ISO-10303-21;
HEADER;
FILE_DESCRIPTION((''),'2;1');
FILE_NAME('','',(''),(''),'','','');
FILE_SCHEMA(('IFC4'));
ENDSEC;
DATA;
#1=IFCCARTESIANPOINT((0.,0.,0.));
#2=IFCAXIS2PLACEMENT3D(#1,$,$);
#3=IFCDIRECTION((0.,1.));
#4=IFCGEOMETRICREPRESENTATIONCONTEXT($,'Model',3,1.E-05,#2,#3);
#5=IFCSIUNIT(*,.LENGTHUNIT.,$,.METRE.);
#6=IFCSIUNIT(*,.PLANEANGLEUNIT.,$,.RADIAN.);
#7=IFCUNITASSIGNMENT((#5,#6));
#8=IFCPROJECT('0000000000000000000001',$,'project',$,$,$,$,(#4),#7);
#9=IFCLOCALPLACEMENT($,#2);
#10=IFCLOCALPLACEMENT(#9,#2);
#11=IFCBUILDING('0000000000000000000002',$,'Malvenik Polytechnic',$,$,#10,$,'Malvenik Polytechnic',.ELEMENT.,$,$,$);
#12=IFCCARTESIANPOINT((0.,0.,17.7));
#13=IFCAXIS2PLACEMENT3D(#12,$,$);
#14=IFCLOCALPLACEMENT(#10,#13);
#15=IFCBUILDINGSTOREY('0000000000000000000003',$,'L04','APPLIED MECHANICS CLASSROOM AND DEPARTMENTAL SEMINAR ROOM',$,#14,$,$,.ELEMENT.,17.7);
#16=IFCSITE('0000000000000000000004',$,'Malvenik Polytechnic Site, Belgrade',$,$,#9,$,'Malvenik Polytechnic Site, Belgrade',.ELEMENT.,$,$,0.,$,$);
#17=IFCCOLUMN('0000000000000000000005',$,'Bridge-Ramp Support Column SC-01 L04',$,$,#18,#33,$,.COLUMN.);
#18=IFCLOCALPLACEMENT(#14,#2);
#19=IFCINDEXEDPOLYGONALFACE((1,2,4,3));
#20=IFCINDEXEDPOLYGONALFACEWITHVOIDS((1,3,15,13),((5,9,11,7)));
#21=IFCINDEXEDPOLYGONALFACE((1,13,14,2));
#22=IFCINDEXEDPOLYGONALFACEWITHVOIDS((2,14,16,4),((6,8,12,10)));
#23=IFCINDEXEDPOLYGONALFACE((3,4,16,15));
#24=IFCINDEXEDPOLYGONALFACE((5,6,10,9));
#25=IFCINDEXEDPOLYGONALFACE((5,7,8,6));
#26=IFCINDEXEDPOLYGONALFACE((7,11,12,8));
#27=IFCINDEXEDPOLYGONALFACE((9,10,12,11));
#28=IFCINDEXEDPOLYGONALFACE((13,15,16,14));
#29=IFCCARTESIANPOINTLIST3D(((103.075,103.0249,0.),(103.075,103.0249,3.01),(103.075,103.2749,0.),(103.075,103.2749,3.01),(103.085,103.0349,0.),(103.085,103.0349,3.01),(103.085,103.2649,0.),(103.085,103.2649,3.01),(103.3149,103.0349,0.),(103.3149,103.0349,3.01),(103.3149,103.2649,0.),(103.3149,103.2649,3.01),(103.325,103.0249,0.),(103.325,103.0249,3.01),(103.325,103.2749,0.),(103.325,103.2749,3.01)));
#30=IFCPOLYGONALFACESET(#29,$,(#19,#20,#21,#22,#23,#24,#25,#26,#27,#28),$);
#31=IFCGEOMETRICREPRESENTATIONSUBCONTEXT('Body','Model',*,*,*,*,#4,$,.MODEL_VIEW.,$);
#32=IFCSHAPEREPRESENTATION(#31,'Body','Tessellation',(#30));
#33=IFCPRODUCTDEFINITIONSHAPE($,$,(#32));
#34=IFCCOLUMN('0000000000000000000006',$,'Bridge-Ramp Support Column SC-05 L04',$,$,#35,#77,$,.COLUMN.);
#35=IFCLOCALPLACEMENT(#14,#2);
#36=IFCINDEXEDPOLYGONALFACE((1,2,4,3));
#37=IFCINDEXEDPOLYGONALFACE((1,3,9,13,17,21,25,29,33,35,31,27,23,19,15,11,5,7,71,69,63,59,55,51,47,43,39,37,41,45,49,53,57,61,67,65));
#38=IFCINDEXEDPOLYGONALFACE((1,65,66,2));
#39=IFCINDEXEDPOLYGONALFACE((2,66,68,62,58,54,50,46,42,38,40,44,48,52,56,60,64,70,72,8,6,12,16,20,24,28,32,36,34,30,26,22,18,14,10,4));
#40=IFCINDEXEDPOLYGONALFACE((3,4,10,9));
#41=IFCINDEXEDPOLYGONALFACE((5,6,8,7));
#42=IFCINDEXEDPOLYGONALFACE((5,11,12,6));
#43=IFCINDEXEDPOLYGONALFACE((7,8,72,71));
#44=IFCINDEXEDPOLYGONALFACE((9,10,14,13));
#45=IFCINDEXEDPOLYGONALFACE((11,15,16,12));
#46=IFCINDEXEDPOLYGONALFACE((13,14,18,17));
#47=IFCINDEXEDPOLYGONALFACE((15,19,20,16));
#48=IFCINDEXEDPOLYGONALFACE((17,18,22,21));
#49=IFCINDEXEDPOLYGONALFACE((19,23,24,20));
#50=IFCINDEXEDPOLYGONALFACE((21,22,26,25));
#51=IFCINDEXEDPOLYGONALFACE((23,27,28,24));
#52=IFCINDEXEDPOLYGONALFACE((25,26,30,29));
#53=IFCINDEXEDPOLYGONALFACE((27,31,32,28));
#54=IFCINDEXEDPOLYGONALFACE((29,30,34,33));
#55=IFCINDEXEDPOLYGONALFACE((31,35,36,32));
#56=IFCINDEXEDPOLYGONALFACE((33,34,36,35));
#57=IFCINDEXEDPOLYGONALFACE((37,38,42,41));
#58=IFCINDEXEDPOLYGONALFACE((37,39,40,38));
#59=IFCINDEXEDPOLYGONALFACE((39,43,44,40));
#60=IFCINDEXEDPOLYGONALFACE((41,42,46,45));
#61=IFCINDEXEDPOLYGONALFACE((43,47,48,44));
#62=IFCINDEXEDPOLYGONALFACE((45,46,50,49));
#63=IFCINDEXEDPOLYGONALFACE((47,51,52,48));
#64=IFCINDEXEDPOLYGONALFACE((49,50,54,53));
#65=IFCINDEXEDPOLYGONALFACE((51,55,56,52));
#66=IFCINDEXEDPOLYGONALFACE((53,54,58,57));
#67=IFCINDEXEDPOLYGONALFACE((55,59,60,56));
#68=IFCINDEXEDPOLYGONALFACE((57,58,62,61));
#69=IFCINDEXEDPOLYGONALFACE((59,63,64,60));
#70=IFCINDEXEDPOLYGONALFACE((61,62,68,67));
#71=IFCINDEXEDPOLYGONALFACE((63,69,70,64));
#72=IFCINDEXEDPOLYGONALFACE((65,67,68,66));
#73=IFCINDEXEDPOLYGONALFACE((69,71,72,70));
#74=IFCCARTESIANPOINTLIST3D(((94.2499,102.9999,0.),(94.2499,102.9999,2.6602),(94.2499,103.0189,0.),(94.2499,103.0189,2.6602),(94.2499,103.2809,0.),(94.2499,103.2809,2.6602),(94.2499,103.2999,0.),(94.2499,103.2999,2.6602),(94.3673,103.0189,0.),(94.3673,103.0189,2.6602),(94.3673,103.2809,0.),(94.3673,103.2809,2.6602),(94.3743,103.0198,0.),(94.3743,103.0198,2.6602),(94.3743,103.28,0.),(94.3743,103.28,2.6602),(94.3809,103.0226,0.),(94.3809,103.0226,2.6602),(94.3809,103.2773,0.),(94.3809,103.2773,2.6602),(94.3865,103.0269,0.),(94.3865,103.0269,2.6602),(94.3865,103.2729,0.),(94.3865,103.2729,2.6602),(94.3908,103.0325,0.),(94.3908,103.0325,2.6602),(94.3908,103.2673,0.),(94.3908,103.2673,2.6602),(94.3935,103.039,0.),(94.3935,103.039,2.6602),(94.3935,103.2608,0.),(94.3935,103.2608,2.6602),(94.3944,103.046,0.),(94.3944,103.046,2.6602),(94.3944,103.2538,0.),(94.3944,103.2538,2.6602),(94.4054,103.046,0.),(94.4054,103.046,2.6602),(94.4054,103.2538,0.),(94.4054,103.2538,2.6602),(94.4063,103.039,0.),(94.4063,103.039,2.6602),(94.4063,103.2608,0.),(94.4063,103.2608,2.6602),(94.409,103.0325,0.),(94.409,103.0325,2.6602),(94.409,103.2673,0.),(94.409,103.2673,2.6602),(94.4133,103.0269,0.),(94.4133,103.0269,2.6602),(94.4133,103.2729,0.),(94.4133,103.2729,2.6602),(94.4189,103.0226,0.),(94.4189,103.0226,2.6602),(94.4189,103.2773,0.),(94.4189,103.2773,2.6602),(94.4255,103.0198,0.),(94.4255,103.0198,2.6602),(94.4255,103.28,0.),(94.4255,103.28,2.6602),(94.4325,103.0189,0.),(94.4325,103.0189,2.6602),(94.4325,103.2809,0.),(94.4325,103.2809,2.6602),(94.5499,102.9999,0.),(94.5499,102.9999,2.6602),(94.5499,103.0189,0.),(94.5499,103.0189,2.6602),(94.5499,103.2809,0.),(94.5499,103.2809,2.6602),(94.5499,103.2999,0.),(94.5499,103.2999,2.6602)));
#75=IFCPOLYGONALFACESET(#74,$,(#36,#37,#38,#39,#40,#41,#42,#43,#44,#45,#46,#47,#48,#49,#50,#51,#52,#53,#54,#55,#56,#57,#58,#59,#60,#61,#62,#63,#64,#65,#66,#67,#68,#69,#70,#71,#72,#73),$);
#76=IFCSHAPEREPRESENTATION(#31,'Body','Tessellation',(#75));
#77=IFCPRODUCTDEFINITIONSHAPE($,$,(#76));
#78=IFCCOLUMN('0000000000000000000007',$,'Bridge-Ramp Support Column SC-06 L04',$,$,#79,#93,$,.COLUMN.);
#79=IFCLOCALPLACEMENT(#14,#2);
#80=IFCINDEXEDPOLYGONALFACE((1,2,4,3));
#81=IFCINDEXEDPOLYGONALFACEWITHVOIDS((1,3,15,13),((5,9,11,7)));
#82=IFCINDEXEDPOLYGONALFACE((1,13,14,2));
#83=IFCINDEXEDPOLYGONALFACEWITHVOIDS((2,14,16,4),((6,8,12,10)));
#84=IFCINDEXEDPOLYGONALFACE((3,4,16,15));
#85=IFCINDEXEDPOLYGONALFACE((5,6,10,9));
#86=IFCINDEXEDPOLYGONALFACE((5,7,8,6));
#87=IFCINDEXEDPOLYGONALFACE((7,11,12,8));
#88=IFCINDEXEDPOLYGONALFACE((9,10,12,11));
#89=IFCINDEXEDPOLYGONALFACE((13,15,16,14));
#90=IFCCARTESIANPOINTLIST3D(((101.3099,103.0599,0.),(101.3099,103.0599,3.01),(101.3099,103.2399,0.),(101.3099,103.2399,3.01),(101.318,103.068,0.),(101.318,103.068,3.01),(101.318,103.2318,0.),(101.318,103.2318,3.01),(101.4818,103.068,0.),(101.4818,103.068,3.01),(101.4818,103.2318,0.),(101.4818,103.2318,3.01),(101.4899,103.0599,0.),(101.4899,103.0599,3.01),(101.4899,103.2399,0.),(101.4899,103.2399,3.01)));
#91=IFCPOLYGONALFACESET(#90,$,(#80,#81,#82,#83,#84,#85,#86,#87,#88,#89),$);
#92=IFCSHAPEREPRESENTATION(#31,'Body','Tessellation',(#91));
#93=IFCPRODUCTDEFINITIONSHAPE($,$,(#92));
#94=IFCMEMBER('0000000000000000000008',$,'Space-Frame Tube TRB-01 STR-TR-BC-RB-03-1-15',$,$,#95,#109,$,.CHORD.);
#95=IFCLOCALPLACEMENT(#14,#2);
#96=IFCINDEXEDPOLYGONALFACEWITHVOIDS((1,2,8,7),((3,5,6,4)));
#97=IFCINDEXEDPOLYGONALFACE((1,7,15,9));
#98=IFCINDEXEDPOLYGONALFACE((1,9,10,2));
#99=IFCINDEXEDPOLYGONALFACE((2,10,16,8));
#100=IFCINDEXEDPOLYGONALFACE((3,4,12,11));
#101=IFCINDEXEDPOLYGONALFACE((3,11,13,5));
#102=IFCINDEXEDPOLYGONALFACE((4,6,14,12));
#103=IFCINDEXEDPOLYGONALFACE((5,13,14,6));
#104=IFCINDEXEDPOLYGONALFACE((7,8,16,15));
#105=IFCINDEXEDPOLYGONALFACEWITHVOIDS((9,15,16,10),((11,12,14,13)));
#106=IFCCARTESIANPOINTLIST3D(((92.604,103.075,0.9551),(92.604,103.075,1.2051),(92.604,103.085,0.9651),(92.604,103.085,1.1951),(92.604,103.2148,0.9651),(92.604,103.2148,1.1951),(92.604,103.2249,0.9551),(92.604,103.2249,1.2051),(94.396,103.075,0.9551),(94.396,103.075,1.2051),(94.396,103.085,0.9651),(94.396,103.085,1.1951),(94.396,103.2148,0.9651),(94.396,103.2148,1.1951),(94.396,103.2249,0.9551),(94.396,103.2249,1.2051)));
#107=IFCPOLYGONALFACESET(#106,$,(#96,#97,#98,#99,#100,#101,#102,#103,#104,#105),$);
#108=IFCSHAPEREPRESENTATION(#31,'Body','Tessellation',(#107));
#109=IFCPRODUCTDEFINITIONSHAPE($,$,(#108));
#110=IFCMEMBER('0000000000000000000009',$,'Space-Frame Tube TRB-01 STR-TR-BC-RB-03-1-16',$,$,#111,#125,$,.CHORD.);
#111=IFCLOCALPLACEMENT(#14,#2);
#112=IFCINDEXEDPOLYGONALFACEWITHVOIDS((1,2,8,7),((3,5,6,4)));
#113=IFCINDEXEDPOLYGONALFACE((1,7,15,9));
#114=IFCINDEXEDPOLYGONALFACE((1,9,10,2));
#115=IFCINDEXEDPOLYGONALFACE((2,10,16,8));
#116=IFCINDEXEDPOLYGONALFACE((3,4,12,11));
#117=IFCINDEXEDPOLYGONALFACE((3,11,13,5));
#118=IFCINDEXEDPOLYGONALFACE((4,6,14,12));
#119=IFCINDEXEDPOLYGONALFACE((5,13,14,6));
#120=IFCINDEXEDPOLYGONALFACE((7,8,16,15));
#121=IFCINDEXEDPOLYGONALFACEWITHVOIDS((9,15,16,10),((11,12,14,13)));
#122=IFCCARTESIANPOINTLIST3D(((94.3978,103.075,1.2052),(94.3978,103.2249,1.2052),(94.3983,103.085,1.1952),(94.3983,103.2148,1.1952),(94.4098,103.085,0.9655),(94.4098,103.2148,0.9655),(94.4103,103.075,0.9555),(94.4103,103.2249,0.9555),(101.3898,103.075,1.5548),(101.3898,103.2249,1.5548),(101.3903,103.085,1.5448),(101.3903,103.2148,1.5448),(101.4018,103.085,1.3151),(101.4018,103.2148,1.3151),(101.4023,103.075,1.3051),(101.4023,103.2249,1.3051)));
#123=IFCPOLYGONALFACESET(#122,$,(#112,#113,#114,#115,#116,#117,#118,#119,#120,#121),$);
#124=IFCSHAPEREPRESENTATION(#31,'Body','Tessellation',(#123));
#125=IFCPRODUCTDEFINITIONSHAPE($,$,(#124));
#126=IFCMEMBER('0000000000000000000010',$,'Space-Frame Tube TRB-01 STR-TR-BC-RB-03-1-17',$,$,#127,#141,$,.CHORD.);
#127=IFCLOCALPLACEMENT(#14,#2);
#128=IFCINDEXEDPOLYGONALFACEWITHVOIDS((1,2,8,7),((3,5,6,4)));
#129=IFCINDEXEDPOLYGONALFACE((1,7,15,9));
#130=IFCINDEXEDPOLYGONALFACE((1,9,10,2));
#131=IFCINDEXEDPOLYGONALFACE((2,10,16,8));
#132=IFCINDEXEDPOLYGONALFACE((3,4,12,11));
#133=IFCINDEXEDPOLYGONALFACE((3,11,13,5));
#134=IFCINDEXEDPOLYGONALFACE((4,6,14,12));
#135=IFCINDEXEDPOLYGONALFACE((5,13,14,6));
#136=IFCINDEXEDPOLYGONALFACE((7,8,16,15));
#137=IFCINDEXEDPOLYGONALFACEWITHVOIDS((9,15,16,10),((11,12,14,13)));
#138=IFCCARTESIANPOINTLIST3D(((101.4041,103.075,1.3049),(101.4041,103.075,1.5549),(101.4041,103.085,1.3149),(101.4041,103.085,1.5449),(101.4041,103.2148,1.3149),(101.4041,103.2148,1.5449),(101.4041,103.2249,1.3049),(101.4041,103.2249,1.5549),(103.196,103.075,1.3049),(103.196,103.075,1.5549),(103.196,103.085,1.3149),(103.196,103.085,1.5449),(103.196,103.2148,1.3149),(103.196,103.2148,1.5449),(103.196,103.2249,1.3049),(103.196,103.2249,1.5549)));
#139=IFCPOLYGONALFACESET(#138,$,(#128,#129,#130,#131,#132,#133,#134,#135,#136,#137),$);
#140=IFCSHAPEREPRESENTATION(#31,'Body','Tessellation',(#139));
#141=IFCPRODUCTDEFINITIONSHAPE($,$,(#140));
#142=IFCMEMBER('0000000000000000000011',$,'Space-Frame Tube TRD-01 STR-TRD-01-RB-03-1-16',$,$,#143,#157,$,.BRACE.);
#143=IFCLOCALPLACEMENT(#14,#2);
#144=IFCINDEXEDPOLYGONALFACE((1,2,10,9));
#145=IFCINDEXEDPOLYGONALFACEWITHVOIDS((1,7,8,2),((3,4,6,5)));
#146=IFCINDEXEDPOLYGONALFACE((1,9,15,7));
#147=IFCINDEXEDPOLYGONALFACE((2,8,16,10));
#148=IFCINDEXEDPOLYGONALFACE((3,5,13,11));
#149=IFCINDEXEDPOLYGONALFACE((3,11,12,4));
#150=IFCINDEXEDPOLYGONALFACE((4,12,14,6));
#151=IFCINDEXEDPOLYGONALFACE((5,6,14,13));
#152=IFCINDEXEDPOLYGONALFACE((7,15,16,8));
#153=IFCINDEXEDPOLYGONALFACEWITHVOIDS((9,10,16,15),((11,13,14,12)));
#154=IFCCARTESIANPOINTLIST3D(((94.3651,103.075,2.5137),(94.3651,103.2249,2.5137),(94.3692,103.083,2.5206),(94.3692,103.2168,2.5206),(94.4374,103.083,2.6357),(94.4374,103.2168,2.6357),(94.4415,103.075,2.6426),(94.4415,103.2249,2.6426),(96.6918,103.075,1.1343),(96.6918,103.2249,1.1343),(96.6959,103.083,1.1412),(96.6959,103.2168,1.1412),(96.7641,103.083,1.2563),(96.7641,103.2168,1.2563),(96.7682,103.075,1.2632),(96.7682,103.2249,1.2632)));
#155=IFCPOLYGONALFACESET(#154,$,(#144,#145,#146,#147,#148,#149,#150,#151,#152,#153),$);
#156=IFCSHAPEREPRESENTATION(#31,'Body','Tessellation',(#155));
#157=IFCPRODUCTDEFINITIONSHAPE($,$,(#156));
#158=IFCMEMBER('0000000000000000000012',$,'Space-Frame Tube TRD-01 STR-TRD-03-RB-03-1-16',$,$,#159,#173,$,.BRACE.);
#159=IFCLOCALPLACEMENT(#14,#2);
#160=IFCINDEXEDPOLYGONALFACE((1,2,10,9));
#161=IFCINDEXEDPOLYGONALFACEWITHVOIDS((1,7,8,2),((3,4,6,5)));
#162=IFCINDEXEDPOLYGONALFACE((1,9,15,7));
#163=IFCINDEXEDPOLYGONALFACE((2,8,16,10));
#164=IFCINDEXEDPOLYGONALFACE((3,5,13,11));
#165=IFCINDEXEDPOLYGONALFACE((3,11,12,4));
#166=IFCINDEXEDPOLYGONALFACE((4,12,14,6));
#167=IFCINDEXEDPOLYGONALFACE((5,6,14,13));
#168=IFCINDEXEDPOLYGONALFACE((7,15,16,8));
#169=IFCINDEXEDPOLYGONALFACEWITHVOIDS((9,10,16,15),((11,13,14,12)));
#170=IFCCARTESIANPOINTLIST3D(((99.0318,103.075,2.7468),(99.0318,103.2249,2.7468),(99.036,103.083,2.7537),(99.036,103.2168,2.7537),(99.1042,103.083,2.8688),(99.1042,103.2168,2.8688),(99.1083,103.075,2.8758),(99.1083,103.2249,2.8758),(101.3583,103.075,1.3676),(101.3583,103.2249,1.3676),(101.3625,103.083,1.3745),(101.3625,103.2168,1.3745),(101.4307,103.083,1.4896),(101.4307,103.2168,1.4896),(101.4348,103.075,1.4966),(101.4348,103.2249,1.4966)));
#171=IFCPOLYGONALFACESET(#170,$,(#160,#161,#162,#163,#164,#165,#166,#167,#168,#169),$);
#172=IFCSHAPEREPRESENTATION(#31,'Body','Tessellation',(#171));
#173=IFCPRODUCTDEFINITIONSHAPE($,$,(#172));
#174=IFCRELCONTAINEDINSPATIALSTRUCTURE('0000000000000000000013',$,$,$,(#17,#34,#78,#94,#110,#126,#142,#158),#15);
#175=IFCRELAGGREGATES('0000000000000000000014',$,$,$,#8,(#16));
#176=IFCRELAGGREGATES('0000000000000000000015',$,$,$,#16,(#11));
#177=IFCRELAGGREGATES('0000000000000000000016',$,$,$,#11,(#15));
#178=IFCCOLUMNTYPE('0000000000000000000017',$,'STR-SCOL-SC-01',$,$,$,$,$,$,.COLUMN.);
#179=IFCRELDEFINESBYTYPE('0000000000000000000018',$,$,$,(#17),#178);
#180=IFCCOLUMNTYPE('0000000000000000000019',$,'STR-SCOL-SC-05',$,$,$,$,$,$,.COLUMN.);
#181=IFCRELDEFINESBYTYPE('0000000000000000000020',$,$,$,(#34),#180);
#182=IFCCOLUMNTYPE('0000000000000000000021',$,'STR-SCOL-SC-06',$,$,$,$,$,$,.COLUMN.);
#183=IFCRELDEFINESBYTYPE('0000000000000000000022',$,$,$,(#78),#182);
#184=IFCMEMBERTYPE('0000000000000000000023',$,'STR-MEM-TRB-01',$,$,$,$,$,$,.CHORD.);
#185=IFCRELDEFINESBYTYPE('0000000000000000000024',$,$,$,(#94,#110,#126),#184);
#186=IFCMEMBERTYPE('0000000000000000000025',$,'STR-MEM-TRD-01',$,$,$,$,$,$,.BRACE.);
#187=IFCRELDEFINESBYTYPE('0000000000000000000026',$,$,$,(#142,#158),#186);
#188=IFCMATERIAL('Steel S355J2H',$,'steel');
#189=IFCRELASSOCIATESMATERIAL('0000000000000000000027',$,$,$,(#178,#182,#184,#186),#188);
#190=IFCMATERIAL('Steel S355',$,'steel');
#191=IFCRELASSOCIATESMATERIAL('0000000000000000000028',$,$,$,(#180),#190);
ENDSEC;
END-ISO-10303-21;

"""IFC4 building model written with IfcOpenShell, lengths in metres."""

from ifc_helpers import new_model, si_unit, direction, frame, origin, origin_2d, place, context, subcontext, project, spatial, hollow_rectangle, i_section, extrude, material, material_profile, profile_set, type_object, element, save


model = new_model("IFC4")

# Units and contexts
model_context = context("Model", 3, precision=1e-05, world=origin(), true_north=direction((0.0, 1.0)))
body_context = subcontext(model_context, "Body", "Model", "MODEL_VIEW")
ifc_project = project(units=[si_unit("LENGTHUNIT", "METRE"), si_unit("PLANEANGLEUNIT", "RADIAN")], contexts=[model_context])

# Site, building, storey
site_placement = place(None, origin())
site = spatial("IfcSite", under=ifc_project, at=site_placement, Name="Malvenik Polytechnic Site, Belgrade", LongName="Malvenik Polytechnic Site, Belgrade", CompositionType="ELEMENT", RefElevation=0.0)
building_placement = place(site_placement, origin())
building = spatial("IfcBuilding", under=site, at=building_placement, Name="Malvenik Polytechnic", LongName="Malvenik Polytechnic", CompositionType="ELEMENT")
storey_placement = place(building_placement, frame((0.0, 0.0, 17.7)))
storey = spatial("IfcBuildingStorey", under=building, at=storey_placement, Name="L04", Description="APPLIED MECHANICS CLASSROOM AND DEPARTMENTAL SEMINAR ROOM", CompositionType="ELEMENT", Elevation=17.7)

# Columns
ifc_material_1 = material(Name="Steel S355J2H", Category="steel")
ifc_material_profile_1 = material_profile(ifc_material_1, hollow_rectangle(XDim=0.25, YDim=0.25, WallThickness=0.01, at=origin_2d()), Name="SHS 250x250x10.0")
ifc_profile_set_1 = profile_set([ifc_material_profile_1], Name="Steel S355J2H")
column_type_1 = type_object("IfcColumnType", Name="STR-SCOL-SC-01", PredefinedType="COLUMN", material=ifc_profile_set_1)
column_1_placement = place(storey_placement, frame((103.2, 103.1499, 0.0), z_axis=(0.0, 0.0, 1.0), x_axis=(1.0, 0.0, 0.0)))
element("IfcColumn", 1, at=column_1_placement, inside=storey, type_object=column_type_1, Name="Bridge-Ramp Support Column SC-01 L04", PredefinedType="COLUMN", context=body_context, shape_type="SweptSolid", body=[
    extrude(hollow_rectangle(XDim=0.25, YDim=0.25, WallThickness=0.01, at=origin_2d()), origin(), (0.0, 0.0, 1.0), 3.01),
])
ifc_material_2 = material(Name="Steel S355", Category="steel")
ifc_material_profile_2 = material_profile(ifc_material_2, i_section(OverallWidth=0.3, OverallDepth=0.3, WebThickness=0.011, FlangeThickness=0.019, FilletRadius=0.0271, at=origin_2d()), Name="HEB 300")
ifc_profile_set_2 = profile_set([ifc_material_profile_2], Name="Steel S355")
column_type_2 = type_object("IfcColumnType", Name="STR-SCOL-SC-05", PredefinedType="COLUMN", material=ifc_profile_set_2)
column_2_placement = place(storey_placement, frame((94.3999, 103.1499, 0.0), z_axis=(0.0, 0.0, 1.0), x_axis=(1.0, 0.0, 0.0)))
element("IfcColumn", 2, at=column_2_placement, inside=storey, type_object=column_type_2, Name="Bridge-Ramp Support Column SC-05 L04", PredefinedType="COLUMN", context=body_context, shape_type="SweptSolid", body=[
    extrude(i_section(OverallWidth=0.3, OverallDepth=0.3, WebThickness=0.011, FlangeThickness=0.019, FilletRadius=0.0271, at=origin_2d()), origin(), (0.0, 0.0, 1.0), 2.6602),
])
ifc_material_profile_3 = material_profile(ifc_material_1, hollow_rectangle(XDim=0.1799, YDim=0.1799, WallThickness=0.0081, at=origin_2d()), Name="SHS 180x180x8.0")
ifc_profile_set_3 = profile_set([ifc_material_profile_3], Name="Steel S355J2H")
column_type_3 = type_object("IfcColumnType", Name="STR-SCOL-SC-06", PredefinedType="COLUMN", material=ifc_profile_set_3)
column_3_placement = place(storey_placement, frame((101.3999, 103.1499, 0.0), z_axis=(0.0, 0.0, 1.0), x_axis=(1.0, 0.0, 0.0)))
element("IfcColumn", 3, at=column_3_placement, inside=storey, type_object=column_type_3, Name="Bridge-Ramp Support Column SC-06 L04", PredefinedType="COLUMN", context=body_context, shape_type="SweptSolid", body=[
    extrude(hollow_rectangle(XDim=0.1799, YDim=0.1799, WallThickness=0.0081, at=origin_2d()), origin(), (0.0, 0.0, 1.0), 3.01),
])

# Members
ifc_material_profile_4 = material_profile(ifc_material_1, hollow_rectangle(XDim=0.1499, YDim=0.25, WallThickness=0.01, at=origin_2d()), Name="RHS 250x150x10.0")
ifc_profile_set_4 = profile_set([ifc_material_profile_4], Name="Steel S355J2H")
member_type_1 = type_object("IfcMemberType", Name="STR-MEM-TRB-01", PredefinedType="CHORD", material=ifc_profile_set_4)
member_1_placement = place(storey_placement, frame((92.604, 103.1499, 1.0801), z_axis=(1.0, 0.0, 0.0), x_axis=(0.0, 1.0, 0.0)))
element("IfcMember", 4, at=member_1_placement, inside=storey, type_object=member_type_1, Name="Space-Frame Tube TRB-01 STR-TR-BC-RB-03-1-15", PredefinedType="CHORD", context=body_context, shape_type="SweptSolid", body=[
    extrude(hollow_rectangle(XDim=0.1499, YDim=0.25, WallThickness=0.01, at=origin_2d()), origin(), (0.0, 0.0, 1.0), 1.792),
])
member_2_placement = place(storey_placement, frame((94.4041, 103.1499, 1.0803), z_axis=(0.998752, 0.0, 0.049939), x_axis=(0.0, 1.0, 0.0)))
element("IfcMember", 5, at=member_2_placement, inside=storey, type_object=member_type_1, Name="Space-Frame Tube TRB-01 STR-TR-BC-RB-03-1-16", PredefinedType="CHORD", context=body_context, shape_type="SweptSolid", body=[
    extrude(hollow_rectangle(XDim=0.1499, YDim=0.25, WallThickness=0.01, at=origin_2d()), origin(), (0.0, 0.0, 1.0), 7.0007),
])
member_3_placement = place(storey_placement, frame((101.4041, 103.1499, 1.4299), z_axis=(1.0, 0.0, 0.0), x_axis=(0.0, 1.0, 0.0)))
element("IfcMember", 6, at=member_3_placement, inside=storey, type_object=member_type_1, Name="Space-Frame Tube TRB-01 STR-TR-BC-RB-03-1-17", PredefinedType="CHORD", context=body_context, shape_type="SweptSolid", body=[
    extrude(hollow_rectangle(XDim=0.1499, YDim=0.25, WallThickness=0.01, at=origin_2d()), origin(), (0.0, 0.0, 1.0), 1.792),
])
ifc_material_profile_5 = material_profile(ifc_material_1, hollow_rectangle(XDim=0.1499, YDim=0.1499, WallThickness=0.0081, at=origin_2d()), Name="SHS 150x150x8.0")
ifc_profile_set_5 = profile_set([ifc_material_profile_5], Name="Steel S355J2H")
member_type_2 = type_object("IfcMemberType", Name="STR-MEM-TRD-01", PredefinedType="BRACE", material=ifc_profile_set_5)
member_4_placement = place(storey_placement, frame((94.4033, 103.1499, 2.5781), z_axis=(0.860189, 0.0, -0.509976), x_axis=(0.0, 1.0, 0.0)))
element("IfcMember", 7, at=member_4_placement, inside=storey, type_object=member_type_2, Name="Space-Frame Tube TRD-01 STR-TRD-01-RB-03-1-16", PredefinedType="BRACE", context=body_context, shape_type="SweptSolid", body=[
    extrude(hollow_rectangle(XDim=0.1499, YDim=0.1499, WallThickness=0.0081, at=origin_2d()), origin(), (0.0, 0.0, 1.0), 2.7048),
])
member_5_placement = place(storey_placement, frame((99.0701, 103.1499, 2.8113), z_axis=(0.860205, 0.0, -0.509948), x_axis=(0.0, 1.0, 0.0)))
element("IfcMember", 8, at=member_5_placement, inside=storey, type_object=member_type_2, Name="Space-Frame Tube TRD-01 STR-TRD-03-RB-03-1-16", PredefinedType="BRACE", context=body_context, shape_type="SweptSolid", body=[
    extrude(hollow_rectangle(XDim=0.1499, YDim=0.1499, WallThickness=0.0081, at=origin_2d()), origin(), (0.0, 0.0, 1.0), 2.7046),
])

save(model, "model.ifc")
